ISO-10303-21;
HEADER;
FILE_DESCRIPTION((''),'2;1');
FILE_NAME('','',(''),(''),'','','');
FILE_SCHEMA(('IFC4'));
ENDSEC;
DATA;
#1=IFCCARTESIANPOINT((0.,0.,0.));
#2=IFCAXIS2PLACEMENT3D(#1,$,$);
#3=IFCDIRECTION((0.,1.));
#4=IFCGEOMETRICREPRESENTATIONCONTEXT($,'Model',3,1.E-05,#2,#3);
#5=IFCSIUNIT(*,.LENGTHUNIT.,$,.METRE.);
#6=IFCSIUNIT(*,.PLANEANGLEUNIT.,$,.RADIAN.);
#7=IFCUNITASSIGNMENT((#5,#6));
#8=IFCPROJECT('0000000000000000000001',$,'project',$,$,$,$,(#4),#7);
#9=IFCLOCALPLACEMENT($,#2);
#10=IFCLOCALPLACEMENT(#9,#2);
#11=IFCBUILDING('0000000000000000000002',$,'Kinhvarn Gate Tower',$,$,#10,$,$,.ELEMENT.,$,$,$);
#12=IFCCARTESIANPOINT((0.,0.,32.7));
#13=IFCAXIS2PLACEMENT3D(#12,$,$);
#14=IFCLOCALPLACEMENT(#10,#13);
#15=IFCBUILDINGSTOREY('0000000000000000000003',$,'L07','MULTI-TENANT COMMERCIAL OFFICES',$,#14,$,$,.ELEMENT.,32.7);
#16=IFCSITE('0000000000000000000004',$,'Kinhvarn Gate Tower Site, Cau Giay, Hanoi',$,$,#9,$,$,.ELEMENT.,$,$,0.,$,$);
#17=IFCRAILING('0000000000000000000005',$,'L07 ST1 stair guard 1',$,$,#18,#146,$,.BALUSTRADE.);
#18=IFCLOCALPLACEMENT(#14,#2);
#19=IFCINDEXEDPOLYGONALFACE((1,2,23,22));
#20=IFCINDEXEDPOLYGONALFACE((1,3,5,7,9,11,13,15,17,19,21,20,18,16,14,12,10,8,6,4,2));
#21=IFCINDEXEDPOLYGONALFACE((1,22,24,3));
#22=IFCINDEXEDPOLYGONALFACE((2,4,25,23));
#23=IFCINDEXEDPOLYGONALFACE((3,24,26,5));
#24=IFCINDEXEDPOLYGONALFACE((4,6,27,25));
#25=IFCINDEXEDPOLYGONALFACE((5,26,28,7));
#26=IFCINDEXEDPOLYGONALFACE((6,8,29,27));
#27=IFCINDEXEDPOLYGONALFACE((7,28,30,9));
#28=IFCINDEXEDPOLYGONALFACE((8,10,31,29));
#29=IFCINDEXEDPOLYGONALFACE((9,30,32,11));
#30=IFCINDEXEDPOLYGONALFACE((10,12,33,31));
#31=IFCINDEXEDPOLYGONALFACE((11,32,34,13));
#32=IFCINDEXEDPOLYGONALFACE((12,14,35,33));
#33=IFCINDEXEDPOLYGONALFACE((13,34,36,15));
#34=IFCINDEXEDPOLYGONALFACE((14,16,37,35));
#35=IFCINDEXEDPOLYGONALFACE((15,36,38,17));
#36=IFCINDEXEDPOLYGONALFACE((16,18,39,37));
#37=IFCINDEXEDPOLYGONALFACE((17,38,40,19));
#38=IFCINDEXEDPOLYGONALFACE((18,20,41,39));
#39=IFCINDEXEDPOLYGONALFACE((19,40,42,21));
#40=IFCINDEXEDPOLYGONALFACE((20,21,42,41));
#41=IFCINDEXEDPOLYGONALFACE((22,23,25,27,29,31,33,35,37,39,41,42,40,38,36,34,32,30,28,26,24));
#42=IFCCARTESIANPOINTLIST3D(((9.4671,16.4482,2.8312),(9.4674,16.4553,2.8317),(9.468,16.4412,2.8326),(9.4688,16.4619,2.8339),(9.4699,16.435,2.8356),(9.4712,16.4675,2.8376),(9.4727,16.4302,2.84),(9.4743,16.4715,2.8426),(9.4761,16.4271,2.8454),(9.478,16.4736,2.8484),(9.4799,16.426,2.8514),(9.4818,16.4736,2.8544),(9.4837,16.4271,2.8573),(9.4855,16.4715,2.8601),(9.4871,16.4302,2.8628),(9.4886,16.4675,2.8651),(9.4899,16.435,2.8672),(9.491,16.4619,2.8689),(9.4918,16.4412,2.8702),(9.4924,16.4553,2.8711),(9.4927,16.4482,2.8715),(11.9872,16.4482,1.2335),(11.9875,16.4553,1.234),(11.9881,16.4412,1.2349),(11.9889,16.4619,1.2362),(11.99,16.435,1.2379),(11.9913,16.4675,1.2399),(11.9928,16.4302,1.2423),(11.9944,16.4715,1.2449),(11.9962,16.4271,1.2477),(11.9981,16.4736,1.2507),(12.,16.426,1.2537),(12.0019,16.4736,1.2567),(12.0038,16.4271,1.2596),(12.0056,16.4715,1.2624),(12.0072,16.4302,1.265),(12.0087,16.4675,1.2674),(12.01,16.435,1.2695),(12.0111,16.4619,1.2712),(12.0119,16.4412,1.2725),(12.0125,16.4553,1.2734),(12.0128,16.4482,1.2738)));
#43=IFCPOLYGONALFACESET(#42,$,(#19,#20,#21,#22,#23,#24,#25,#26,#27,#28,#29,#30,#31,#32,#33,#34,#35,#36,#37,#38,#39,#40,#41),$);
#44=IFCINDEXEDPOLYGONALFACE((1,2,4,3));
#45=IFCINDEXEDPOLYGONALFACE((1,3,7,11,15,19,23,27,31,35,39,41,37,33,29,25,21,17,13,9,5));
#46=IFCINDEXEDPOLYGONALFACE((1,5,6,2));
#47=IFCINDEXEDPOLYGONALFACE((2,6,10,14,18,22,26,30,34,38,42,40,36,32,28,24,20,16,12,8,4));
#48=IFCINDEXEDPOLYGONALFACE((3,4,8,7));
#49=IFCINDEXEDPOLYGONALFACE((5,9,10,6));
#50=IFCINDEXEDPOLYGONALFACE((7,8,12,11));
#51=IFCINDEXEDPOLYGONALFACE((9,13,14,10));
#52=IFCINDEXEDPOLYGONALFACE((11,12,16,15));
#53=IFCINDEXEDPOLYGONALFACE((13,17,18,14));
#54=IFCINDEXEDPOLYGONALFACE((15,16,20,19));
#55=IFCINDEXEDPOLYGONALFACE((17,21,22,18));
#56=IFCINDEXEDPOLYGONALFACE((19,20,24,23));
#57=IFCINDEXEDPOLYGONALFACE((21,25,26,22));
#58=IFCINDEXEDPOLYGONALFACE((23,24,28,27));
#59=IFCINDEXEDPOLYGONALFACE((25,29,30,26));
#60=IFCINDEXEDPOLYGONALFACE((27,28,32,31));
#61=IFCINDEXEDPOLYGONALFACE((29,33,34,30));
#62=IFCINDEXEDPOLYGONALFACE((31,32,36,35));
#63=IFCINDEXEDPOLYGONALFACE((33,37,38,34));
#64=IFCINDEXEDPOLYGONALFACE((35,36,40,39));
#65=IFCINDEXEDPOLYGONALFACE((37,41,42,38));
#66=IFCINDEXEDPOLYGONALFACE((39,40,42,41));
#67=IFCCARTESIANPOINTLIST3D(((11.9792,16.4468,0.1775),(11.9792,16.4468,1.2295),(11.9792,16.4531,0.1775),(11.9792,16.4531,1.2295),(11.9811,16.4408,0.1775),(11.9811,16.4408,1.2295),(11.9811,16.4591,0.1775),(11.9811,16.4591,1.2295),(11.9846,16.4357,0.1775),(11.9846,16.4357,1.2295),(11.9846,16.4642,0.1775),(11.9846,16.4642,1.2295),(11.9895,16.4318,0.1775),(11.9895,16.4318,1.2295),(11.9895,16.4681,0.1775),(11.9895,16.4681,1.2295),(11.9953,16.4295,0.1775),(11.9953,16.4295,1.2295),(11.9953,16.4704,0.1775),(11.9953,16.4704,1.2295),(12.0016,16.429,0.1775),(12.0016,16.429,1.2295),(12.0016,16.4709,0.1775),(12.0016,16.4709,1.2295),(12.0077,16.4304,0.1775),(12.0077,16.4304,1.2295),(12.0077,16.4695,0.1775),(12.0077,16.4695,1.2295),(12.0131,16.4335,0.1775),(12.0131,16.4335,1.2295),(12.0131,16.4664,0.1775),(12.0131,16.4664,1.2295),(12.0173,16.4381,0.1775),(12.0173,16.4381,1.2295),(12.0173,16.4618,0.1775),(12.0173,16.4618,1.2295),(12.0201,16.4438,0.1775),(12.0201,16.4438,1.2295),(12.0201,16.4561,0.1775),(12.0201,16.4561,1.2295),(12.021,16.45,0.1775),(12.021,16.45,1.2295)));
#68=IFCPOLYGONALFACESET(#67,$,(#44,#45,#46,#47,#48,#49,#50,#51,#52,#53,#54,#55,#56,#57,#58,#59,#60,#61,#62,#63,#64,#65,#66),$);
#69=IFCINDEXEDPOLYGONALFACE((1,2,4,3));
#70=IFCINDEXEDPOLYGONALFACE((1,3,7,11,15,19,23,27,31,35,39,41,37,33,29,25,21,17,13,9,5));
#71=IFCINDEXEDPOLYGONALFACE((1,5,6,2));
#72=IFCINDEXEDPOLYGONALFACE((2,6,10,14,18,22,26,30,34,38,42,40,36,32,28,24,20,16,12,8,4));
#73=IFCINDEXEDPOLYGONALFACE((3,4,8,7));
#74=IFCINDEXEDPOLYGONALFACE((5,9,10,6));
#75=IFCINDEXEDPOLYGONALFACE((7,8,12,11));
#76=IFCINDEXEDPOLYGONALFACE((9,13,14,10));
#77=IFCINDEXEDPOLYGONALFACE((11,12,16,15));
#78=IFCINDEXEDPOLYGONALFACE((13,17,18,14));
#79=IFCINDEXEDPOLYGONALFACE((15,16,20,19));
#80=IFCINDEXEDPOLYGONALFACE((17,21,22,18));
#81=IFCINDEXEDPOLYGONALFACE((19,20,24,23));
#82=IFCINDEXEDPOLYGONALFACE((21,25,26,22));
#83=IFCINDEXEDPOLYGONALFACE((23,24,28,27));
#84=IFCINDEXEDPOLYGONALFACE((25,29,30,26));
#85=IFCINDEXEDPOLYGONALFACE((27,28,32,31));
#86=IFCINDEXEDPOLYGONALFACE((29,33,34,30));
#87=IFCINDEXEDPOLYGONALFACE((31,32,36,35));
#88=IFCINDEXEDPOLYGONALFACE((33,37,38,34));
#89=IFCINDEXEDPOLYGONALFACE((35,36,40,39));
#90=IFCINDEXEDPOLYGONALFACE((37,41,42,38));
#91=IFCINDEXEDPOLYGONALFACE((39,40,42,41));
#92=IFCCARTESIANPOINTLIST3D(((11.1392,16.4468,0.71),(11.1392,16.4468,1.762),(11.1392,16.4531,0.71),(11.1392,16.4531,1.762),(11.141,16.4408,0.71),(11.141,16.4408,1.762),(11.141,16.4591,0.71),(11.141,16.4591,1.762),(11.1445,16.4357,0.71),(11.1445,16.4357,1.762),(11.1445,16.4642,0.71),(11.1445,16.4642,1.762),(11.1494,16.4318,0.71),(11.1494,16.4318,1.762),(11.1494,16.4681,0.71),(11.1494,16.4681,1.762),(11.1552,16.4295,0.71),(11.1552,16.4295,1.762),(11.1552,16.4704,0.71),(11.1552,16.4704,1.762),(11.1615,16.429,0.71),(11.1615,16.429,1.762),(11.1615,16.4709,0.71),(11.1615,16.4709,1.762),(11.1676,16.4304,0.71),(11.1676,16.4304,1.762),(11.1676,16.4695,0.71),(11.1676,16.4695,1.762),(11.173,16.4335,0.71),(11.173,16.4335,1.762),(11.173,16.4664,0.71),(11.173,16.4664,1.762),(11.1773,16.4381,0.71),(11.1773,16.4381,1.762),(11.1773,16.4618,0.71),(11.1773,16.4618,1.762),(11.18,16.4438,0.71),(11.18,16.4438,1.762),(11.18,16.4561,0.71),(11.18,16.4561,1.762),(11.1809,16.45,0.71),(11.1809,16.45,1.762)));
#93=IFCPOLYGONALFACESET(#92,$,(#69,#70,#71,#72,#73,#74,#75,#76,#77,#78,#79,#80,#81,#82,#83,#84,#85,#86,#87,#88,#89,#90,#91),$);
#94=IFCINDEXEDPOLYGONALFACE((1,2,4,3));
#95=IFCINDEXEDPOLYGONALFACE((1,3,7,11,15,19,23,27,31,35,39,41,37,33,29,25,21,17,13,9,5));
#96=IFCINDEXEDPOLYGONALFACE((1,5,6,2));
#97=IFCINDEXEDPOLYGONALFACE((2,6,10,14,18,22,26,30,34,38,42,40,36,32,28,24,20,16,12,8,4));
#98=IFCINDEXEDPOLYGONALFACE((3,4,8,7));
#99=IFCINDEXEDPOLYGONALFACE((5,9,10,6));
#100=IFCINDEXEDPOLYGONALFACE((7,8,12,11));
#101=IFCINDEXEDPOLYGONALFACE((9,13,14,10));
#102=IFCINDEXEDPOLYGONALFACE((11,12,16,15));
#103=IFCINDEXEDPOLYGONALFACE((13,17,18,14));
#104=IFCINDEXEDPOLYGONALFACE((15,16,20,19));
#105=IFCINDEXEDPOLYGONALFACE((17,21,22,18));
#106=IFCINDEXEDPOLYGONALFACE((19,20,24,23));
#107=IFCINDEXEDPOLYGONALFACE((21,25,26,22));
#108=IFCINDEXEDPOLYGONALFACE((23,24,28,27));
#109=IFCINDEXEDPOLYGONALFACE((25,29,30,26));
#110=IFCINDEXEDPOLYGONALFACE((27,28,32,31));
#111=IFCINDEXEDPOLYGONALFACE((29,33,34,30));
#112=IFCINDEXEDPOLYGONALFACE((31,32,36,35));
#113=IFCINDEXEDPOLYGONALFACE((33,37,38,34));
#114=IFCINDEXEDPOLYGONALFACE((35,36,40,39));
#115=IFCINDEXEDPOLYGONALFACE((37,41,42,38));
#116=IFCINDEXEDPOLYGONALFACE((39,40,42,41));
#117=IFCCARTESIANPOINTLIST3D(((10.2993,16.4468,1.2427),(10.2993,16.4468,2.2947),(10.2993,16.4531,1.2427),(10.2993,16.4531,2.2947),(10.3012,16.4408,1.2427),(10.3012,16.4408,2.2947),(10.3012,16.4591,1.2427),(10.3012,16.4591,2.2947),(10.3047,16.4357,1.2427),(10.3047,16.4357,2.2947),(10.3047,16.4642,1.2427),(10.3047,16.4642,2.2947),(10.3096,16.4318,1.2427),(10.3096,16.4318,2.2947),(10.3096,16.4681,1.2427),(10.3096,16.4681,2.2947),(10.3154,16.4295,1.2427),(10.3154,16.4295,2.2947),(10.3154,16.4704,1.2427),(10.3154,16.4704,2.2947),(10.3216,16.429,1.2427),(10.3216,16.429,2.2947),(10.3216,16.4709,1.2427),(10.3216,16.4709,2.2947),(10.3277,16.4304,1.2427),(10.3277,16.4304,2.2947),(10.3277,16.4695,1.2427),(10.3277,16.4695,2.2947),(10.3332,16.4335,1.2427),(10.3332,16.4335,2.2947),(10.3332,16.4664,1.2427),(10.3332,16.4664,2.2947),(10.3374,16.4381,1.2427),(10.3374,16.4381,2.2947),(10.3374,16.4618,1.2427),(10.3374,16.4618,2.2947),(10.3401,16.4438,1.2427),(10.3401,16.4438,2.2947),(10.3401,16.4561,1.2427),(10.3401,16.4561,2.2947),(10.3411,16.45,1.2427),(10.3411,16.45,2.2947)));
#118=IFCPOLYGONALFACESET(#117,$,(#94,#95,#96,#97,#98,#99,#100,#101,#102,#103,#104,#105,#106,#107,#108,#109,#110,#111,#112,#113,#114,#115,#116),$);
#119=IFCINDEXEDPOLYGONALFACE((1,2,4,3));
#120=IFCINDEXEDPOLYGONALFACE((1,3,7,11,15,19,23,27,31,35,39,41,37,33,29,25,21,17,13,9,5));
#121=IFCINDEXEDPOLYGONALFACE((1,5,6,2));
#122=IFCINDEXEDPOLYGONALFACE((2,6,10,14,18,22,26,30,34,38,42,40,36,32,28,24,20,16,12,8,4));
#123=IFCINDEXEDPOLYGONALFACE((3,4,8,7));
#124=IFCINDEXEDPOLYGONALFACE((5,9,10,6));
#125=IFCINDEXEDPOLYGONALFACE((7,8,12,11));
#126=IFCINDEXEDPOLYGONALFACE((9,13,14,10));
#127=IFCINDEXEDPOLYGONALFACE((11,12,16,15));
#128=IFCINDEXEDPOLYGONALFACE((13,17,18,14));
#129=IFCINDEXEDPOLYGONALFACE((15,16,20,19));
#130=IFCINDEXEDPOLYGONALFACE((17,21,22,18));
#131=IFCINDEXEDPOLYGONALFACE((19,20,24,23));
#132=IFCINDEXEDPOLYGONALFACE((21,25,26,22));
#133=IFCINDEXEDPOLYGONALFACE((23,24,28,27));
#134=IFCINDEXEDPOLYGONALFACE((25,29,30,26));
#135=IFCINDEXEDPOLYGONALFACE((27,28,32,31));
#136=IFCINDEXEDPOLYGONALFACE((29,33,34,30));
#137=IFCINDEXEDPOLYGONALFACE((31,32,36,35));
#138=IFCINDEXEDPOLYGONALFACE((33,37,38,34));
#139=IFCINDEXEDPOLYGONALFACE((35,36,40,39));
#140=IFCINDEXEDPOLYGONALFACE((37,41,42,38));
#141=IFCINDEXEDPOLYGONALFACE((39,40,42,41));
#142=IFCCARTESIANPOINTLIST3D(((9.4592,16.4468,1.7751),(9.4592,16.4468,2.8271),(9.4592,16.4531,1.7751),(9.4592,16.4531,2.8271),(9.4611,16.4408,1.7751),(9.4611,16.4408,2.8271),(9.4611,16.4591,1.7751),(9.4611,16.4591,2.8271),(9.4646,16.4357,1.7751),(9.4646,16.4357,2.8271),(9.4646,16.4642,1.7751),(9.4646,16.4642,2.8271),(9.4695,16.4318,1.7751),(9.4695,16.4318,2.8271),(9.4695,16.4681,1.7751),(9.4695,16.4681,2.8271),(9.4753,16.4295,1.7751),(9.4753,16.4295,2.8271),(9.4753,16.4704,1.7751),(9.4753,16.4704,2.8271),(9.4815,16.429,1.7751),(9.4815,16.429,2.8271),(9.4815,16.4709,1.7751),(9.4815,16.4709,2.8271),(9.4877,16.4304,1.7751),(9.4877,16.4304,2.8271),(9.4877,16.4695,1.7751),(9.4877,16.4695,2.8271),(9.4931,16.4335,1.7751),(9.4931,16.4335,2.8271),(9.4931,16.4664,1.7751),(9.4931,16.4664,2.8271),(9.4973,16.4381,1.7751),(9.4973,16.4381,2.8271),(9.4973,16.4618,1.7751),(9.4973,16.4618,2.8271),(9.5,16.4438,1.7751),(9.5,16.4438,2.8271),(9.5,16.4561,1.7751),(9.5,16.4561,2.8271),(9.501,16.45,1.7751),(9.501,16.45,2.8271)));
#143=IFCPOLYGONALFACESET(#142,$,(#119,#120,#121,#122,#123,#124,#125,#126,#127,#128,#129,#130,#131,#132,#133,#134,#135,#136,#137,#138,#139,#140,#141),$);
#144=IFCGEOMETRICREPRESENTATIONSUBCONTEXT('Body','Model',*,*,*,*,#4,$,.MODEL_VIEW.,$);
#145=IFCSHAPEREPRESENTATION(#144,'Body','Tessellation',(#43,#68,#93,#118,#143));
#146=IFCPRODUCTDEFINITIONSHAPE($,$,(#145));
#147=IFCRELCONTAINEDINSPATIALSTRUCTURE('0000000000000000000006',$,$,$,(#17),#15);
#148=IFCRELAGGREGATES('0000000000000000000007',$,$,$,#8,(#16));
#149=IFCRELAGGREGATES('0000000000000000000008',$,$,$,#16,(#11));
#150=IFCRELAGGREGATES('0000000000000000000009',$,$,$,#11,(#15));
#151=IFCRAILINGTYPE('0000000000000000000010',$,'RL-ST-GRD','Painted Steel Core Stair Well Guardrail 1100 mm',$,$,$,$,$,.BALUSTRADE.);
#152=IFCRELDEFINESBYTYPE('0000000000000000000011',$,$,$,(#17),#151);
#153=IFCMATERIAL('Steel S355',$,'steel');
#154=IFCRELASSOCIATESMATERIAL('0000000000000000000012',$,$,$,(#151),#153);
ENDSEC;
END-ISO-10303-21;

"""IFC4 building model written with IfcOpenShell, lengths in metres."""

from ifc_helpers import new_model, si_unit, direction, frame, origin, origin_2d, place, context, subcontext, project, spatial, circle, extrude, material, type_object, element, save


model = new_model("IFC4")

# Units and contexts
model_context = context("Model", 3, precision=1e-05, world=origin(), true_north=direction((0.0, 1.0)))
body_context = subcontext(model_context, "Body", "Model", "MODEL_VIEW")
ifc_project = project(units=[si_unit("LENGTHUNIT", "METRE"), si_unit("PLANEANGLEUNIT", "RADIAN")], contexts=[model_context])

# Site, building, storey
site_placement = place(None, origin())
site = spatial("IfcSite", under=ifc_project, at=site_placement, Name="Kinhvarn Gate Tower Site, Cau Giay, Hanoi", CompositionType="ELEMENT", RefElevation=0.0)
building_placement = place(site_placement, origin())
building = spatial("IfcBuilding", under=site, at=building_placement, Name="Kinhvarn Gate Tower", CompositionType="ELEMENT")
storey_placement = place(building_placement, frame((0.0, 0.0, 32.7)))
storey = spatial("IfcBuildingStorey", under=building, at=storey_placement, Name="L07", Description="MULTI-TENANT COMMERCIAL OFFICES", CompositionType="ELEMENT", Elevation=32.7)

# Shared definitions
ifc_material_1 = material(Name="Steel S355", Category="steel")

# Railing
railing_type_1 = type_object("IfcRailingType", Name="RL-ST-GRD", Description="Painted Steel Core Stair Well Guardrail 1100 mm", PredefinedType="BALUSTRADE", material=ifc_material_1)
railing_1_placement = place(storey_placement, frame((12.0, 16.45, 0.1775)))
element("IfcRailing", 1, at=railing_1_placement, inside=storey, type_object=railing_type_1, Name="L07 ST1 stair guard 1", PredefinedType="BALUSTRADE", context=body_context, shape_type="SweptSolid", body=[
    extrude(circle(Radius=0.0239, at=origin_2d()), frame((0.0, 0.0, 1.0762), z_axis=(-0.84457, 0.0, 0.535445), x_axis=(0.0, -1.0, 0.0)), (0.0, 0.0, 1.0), 2.9839),
    extrude(circle(Radius=0.021, at=origin_2d()), origin(), (0.0, 0.0, 1.0), 1.052),
    extrude(circle(Radius=0.021, at=origin_2d()), frame((-0.8401, 0.0, 0.5325)), (0.0, 0.0, 1.0), 1.052),
    extrude(circle(Radius=0.021, at=origin_2d()), frame((-1.6799, 0.0, 1.0652)), (0.0, 0.0, 1.0), 1.052),
    extrude(circle(Radius=0.021, at=origin_2d()), frame((-2.52, 0.0, 1.5977)), (0.0, 0.0, 1.0), 1.052),
])

save(model, "model.ifc")
